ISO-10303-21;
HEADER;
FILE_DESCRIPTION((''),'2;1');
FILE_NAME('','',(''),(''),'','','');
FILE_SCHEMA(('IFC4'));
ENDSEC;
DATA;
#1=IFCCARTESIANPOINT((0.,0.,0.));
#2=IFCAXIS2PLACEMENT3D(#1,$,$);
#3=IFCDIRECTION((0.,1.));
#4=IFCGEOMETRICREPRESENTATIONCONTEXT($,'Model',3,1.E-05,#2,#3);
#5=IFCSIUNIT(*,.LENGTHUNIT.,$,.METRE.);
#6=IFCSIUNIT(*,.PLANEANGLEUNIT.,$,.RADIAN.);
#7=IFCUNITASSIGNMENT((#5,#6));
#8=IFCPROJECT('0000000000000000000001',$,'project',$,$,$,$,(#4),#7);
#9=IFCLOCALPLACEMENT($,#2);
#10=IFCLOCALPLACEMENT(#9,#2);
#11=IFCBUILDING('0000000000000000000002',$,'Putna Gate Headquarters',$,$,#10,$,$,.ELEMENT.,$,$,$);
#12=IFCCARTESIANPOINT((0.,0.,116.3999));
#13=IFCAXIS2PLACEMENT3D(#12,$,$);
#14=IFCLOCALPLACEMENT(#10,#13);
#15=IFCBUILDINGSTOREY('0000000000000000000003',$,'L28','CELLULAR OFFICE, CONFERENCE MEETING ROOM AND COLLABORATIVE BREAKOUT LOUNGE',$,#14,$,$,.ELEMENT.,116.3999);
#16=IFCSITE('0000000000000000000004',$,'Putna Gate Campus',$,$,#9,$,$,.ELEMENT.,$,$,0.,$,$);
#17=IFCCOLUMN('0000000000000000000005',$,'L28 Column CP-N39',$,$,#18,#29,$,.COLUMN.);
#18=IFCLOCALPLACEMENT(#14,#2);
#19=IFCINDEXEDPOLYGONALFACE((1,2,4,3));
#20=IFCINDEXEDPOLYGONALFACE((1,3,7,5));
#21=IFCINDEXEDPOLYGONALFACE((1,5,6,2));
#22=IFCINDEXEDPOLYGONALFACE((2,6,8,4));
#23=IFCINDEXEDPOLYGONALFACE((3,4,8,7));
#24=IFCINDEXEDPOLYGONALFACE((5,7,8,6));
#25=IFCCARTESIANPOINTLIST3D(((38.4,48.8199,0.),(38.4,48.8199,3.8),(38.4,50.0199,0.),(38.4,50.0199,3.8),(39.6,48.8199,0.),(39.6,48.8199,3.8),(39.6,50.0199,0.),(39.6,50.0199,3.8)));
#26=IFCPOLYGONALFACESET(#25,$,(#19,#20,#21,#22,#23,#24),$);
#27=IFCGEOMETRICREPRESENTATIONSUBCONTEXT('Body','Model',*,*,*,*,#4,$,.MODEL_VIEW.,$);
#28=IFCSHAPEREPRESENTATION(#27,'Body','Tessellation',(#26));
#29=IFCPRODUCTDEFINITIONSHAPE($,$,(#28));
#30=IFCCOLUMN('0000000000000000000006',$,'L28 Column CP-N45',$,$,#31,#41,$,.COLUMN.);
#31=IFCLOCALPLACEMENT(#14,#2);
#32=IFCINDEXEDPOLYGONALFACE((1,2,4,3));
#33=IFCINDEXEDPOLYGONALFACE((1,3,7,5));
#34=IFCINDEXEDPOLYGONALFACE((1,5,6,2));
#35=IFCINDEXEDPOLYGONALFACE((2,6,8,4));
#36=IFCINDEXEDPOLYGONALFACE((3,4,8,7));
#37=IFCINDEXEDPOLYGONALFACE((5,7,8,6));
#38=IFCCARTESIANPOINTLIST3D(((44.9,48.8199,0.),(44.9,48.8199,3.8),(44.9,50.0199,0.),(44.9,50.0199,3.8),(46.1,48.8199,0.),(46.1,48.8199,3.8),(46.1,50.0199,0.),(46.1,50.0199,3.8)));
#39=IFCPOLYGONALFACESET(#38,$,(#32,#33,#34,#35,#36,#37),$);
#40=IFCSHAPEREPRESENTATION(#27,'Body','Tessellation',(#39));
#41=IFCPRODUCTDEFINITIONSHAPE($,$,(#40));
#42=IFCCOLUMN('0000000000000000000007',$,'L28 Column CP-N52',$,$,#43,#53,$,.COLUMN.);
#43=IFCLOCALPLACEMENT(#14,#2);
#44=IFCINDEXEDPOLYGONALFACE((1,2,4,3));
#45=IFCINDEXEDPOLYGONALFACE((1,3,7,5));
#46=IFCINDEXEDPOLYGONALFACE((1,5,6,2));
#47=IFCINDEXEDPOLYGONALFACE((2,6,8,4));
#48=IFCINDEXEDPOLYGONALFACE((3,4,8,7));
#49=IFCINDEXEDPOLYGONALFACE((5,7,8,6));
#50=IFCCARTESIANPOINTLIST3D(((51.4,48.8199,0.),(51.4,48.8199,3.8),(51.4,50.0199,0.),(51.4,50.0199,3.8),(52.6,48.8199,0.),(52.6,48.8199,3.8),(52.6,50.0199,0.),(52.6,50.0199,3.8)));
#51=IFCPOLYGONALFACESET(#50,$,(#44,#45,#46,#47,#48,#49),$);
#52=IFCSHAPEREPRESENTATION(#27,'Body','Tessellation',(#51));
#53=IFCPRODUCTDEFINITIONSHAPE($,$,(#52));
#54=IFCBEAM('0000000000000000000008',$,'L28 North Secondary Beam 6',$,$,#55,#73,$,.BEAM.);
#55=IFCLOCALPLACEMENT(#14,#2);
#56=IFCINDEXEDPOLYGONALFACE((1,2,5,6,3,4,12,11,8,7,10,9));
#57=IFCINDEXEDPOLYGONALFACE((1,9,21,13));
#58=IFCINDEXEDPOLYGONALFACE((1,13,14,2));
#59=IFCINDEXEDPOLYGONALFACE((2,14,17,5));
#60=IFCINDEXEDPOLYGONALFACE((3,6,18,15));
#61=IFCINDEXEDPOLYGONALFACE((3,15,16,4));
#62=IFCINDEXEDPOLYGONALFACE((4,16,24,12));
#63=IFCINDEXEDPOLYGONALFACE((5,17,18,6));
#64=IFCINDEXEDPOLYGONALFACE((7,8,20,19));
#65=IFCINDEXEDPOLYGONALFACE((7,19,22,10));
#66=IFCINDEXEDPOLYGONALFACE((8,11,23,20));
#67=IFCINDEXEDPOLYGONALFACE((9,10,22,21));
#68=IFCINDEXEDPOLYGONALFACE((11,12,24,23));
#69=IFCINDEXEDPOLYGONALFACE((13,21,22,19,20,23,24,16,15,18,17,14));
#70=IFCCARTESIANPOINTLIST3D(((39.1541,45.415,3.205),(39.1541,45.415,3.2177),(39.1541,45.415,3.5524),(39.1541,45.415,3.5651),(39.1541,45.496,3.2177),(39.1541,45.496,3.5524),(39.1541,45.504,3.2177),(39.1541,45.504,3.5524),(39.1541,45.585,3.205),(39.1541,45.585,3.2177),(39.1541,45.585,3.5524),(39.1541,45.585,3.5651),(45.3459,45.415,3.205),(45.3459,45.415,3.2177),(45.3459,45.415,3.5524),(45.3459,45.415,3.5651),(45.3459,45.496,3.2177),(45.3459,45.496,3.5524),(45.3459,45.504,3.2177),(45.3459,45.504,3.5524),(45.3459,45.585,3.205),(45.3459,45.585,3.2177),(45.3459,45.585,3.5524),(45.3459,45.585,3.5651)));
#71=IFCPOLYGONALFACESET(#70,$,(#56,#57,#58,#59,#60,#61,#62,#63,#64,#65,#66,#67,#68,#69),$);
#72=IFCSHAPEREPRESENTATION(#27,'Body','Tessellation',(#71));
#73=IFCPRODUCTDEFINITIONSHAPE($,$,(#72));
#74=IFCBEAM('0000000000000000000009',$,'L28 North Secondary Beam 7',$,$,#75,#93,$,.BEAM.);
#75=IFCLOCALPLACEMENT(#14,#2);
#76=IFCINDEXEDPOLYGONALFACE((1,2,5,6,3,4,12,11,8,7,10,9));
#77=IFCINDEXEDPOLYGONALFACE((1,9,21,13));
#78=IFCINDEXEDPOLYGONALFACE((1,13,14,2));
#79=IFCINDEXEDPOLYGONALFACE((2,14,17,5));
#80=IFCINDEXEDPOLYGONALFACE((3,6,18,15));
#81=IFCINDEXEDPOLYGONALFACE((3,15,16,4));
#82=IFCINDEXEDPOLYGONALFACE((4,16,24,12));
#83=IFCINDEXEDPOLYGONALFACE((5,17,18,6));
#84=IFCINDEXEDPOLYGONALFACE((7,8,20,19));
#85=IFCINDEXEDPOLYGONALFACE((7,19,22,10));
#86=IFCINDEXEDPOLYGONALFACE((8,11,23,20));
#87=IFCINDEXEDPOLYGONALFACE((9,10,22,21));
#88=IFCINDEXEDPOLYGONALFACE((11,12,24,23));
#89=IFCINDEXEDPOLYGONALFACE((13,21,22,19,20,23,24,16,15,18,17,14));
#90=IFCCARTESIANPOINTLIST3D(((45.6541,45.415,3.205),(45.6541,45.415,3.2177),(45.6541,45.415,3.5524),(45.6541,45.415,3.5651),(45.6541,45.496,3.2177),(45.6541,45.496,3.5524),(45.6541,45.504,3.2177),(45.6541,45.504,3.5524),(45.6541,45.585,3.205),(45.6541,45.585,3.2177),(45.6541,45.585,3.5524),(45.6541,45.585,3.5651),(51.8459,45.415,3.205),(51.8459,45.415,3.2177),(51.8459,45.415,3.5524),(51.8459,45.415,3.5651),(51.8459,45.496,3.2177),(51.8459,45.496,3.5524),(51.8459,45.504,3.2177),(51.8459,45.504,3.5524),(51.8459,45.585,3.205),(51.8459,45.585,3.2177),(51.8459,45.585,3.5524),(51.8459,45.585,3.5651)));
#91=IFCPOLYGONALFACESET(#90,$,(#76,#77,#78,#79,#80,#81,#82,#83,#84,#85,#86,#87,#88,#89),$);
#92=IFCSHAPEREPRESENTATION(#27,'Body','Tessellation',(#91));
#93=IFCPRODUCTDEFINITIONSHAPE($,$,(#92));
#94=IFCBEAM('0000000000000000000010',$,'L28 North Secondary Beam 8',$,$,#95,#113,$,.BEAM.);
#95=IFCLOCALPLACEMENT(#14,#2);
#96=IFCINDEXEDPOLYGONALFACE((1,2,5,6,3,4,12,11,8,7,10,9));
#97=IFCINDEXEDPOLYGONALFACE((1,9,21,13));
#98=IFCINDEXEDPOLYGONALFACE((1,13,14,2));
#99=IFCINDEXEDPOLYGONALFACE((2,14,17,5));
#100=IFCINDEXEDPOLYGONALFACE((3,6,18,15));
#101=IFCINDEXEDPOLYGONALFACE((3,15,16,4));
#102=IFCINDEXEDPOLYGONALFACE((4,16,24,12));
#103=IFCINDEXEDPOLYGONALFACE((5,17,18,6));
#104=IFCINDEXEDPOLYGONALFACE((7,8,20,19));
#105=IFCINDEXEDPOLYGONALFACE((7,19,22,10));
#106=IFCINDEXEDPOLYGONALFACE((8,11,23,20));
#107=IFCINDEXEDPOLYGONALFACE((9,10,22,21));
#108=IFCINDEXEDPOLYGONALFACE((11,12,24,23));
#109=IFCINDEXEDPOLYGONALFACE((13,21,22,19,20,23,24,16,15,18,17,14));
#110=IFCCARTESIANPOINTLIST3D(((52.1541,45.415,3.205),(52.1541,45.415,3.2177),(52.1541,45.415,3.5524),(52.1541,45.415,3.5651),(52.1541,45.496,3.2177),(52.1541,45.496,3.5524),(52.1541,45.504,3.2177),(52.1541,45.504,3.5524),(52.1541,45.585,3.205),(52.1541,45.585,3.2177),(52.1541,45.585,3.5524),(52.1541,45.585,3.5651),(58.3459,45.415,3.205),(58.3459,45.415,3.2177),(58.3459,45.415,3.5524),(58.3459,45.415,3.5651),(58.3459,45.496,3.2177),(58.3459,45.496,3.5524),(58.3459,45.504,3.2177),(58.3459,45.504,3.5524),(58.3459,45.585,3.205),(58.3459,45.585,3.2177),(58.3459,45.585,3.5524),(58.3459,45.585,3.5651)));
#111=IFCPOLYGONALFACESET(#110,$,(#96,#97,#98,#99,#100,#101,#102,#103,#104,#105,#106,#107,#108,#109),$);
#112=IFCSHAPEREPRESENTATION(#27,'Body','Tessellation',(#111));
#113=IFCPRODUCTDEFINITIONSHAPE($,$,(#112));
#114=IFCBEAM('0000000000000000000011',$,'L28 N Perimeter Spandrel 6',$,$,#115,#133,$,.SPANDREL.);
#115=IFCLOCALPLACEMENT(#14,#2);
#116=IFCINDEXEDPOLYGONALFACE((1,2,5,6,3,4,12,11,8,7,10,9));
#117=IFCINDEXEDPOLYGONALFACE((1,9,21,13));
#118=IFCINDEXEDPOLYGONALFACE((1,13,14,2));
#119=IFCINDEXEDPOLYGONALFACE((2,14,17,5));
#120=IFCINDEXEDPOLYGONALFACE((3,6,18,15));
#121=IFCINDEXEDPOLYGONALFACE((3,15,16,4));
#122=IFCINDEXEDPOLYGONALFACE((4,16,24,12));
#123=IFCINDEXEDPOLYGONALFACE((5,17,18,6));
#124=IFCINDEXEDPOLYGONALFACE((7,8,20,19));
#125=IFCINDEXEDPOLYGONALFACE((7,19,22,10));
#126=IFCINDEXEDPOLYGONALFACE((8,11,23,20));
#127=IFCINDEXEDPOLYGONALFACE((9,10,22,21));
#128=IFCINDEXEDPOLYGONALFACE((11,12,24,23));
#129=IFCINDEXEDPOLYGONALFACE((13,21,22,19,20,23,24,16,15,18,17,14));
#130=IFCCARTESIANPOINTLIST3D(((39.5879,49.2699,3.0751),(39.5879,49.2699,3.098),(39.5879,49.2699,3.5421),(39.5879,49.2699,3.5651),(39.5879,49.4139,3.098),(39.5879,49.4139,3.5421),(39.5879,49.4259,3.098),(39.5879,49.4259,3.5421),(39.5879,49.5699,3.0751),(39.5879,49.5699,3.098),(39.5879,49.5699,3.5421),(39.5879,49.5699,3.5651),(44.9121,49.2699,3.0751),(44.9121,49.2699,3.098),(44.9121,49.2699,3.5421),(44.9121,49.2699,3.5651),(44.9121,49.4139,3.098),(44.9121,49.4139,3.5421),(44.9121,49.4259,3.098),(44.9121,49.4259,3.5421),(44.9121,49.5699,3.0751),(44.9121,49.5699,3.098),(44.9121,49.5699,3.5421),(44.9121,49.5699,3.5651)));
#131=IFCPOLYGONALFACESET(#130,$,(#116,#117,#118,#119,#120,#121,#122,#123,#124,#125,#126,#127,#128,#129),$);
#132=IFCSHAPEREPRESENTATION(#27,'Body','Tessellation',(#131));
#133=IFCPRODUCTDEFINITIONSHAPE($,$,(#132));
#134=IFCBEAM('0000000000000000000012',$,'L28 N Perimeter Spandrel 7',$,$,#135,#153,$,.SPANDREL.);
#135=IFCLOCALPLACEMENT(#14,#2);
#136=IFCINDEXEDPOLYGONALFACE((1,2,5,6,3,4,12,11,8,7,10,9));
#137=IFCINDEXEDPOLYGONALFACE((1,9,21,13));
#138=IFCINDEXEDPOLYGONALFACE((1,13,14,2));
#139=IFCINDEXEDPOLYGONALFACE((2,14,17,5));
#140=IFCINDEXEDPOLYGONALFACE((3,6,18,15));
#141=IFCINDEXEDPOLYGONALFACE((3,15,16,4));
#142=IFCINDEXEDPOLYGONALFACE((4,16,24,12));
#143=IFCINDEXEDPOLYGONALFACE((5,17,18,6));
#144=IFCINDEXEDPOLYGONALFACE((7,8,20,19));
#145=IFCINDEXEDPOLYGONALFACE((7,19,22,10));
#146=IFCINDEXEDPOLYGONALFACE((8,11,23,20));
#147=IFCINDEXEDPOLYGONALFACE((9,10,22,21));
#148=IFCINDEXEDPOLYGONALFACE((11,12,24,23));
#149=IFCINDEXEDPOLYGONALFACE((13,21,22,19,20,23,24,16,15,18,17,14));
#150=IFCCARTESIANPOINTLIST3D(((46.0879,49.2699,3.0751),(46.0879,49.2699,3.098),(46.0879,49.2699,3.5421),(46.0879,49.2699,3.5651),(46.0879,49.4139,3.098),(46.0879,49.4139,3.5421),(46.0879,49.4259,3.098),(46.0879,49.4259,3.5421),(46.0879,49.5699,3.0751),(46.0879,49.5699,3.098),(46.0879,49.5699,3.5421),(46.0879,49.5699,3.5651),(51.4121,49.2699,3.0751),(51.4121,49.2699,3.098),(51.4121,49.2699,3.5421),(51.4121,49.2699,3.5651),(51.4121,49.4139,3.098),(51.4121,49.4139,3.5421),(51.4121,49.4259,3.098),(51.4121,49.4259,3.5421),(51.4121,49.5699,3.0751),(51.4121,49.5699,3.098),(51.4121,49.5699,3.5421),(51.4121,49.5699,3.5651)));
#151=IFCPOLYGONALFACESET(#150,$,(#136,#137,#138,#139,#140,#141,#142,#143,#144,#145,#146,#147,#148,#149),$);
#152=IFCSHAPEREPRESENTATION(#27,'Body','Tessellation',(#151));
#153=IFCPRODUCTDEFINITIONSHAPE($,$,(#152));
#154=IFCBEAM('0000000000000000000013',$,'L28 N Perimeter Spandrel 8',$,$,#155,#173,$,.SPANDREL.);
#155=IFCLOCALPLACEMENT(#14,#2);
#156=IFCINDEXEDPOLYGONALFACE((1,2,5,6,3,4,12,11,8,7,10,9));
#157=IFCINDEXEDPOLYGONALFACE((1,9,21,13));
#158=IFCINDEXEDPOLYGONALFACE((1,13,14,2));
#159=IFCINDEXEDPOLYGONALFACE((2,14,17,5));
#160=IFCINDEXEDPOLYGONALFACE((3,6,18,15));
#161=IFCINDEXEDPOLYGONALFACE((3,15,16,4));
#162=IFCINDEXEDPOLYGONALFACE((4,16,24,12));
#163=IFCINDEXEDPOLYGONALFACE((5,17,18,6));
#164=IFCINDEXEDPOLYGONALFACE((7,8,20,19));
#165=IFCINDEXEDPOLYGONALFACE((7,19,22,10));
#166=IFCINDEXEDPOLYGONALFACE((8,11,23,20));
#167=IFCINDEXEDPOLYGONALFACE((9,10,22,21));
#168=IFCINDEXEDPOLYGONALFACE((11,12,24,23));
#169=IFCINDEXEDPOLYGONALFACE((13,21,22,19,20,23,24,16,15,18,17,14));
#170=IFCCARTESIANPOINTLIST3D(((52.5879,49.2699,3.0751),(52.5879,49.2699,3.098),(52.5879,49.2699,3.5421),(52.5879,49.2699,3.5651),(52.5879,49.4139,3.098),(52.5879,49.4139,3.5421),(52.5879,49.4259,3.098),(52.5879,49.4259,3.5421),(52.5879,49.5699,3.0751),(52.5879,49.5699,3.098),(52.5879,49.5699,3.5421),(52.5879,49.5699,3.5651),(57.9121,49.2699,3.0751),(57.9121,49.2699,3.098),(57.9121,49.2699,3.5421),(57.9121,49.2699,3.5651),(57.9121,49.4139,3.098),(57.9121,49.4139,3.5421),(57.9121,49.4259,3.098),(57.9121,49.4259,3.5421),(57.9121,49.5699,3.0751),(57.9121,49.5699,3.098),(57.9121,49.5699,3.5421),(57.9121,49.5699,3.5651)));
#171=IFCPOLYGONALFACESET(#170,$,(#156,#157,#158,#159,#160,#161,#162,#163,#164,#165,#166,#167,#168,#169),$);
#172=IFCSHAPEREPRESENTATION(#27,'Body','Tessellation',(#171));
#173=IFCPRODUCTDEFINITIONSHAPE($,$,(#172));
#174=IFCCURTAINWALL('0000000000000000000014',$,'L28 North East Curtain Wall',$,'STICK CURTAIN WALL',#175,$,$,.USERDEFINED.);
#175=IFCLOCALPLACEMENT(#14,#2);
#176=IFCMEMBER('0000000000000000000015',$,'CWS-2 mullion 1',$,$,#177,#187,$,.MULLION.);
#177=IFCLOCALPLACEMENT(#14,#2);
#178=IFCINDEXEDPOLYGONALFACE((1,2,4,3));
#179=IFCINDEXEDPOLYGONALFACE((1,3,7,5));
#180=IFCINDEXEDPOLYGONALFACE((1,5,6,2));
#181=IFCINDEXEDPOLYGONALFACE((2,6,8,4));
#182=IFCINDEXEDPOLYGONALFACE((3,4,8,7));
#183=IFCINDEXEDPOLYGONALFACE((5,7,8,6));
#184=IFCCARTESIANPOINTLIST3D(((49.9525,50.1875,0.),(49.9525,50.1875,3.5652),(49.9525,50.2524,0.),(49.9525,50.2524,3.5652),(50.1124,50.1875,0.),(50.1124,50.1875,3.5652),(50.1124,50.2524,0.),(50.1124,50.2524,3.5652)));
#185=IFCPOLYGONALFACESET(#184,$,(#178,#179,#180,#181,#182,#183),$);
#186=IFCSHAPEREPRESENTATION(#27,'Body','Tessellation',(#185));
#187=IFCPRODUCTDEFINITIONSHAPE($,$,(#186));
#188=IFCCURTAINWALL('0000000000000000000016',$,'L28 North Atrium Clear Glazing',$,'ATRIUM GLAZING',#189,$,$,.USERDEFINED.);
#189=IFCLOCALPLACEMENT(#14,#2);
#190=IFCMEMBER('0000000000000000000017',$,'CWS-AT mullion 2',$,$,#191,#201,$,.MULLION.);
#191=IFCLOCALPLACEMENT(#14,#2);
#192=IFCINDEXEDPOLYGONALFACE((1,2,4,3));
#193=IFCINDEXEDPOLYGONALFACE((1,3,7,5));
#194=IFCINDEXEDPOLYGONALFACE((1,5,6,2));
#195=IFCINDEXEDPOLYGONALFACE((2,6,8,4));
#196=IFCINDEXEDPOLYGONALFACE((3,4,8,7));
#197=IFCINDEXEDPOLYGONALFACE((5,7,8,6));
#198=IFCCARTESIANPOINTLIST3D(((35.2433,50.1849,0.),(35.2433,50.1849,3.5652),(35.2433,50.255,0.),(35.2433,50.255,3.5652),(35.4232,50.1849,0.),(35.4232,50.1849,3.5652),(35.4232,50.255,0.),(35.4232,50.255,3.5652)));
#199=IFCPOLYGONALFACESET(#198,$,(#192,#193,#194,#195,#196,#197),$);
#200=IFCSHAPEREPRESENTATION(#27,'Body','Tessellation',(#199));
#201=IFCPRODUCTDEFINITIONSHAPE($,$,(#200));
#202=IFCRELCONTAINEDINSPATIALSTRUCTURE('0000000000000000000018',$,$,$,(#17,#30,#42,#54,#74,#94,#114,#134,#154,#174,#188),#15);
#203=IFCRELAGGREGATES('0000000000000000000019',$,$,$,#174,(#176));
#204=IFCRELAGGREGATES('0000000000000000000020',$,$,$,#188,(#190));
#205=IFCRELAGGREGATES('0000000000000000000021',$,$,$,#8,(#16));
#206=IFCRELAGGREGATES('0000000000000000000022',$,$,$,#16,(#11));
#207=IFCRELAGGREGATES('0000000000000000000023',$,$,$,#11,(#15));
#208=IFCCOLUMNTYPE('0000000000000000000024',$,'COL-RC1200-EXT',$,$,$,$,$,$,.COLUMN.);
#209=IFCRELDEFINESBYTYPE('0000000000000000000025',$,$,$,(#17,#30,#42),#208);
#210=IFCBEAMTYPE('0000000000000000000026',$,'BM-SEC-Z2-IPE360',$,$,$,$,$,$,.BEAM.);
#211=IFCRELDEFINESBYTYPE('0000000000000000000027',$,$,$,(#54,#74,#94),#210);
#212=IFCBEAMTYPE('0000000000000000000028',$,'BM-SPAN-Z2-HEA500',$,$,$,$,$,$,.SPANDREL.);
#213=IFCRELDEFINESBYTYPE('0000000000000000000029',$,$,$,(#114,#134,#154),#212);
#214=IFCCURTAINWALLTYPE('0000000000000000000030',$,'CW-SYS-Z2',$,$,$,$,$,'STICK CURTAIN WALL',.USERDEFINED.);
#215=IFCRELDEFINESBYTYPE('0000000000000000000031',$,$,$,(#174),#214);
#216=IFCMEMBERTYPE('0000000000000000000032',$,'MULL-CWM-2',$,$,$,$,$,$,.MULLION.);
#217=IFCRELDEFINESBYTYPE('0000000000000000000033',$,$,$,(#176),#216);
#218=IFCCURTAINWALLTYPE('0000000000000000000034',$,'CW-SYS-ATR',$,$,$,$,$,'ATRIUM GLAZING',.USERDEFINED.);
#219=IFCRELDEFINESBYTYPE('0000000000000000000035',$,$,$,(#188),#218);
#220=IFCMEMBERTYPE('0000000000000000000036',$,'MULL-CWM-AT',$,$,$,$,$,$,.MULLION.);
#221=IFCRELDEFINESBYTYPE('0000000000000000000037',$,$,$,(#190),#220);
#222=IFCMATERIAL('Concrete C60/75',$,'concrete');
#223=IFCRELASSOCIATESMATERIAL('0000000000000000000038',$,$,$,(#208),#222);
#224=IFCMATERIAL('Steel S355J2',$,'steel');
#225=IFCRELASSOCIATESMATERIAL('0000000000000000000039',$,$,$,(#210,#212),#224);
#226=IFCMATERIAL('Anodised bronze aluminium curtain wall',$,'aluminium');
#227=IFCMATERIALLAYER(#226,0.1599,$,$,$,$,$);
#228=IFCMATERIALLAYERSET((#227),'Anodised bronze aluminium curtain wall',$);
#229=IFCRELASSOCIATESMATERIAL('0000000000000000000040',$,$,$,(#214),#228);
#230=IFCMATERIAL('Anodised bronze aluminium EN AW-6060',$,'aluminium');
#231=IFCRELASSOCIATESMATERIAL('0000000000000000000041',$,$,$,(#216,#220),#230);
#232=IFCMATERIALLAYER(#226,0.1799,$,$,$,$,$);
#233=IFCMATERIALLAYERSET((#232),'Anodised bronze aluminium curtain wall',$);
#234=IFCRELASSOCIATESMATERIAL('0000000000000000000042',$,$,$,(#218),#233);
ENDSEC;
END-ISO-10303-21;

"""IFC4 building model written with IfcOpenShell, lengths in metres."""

from ifc_helpers import new_model, si_unit, direction, frame, origin, origin_2d, place, context, subcontext, project, spatial, rectangle, i_section, extrude, material, layer, layer_set, material_profile, profile_set, type_object, element, aggregate, save


model = new_model("IFC4")

# Units and contexts
model_context = context("Model", 3, precision=1e-05, world=origin(), true_north=direction((0.0, 1.0)))
body_context = subcontext(model_context, "Body", "Model", "MODEL_VIEW")
ifc_project = project(units=[si_unit("LENGTHUNIT", "METRE"), si_unit("PLANEANGLEUNIT", "RADIAN")], contexts=[model_context])

# Site, building, storey
site_placement = place(None, origin())
site = spatial("IfcSite", under=ifc_project, at=site_placement, Name="Putna Gate Campus", CompositionType="ELEMENT", RefElevation=0.0)
building_placement = place(site_placement, origin())
building = spatial("IfcBuilding", under=site, at=building_placement, Name="Putna Gate Headquarters", CompositionType="ELEMENT")
storey_placement = place(building_placement, frame((0.0, 0.0, 116.3999)))
storey = spatial("IfcBuildingStorey", under=building, at=storey_placement, Name="L28", Description="CELLULAR OFFICE, CONFERENCE MEETING ROOM AND COLLABORATIVE BREAKOUT LOUNGE", CompositionType="ELEMENT", Elevation=116.3999)

# Columns
ifc_material_1 = material(Name="Concrete C60/75", Category="concrete")
ifc_material_profile_1 = material_profile(ifc_material_1, rectangle(XDim=1.2, YDim=1.2, at=origin_2d()), Name="Concrete C60/75")
ifc_profile_set_1 = profile_set([ifc_material_profile_1], Name="Concrete C60/75")
column_type = type_object("IfcColumnType", Name="COL-RC1200-EXT", PredefinedType="COLUMN", material=ifc_profile_set_1)
for number, where, z_axis, x_axis, name in (
    (1, (39.0, 49.4199, 0.0), (0.0, 0.0, 1.0), (1.0, 0.0, 0.0), "L28 Column CP-N39"),
    (2, (45.5, 49.4199, 0.0), (0.0, 0.0, 1.0), (1.0, 0.0, 0.0), "L28 Column CP-N45"),
    (3, (52.0, 49.4199, 0.0), (0.0, 0.0, 1.0), (1.0, 0.0, 0.0), "L28 Column CP-N52"),
):
    element("IfcColumn", number, at=place(storey_placement, frame(where, z_axis=z_axis, x_axis=x_axis)), inside=storey, type_object=column_type, Name=name, PredefinedType="COLUMN", context=body_context, shape_type="SweptSolid", body=[
        extrude(rectangle(XDim=1.2, YDim=1.2, at=origin_2d()), origin(), (0.0, 0.0, 1.0), 3.8),
    ])

# Beams
ifc_material_2 = material(Name="Steel S355J2", Category="steel")
ifc_material_profile_2 = material_profile(ifc_material_2, i_section(OverallWidth=0.1699, OverallDepth=0.3601, WebThickness=0.0081, FlangeThickness=0.0127, at=origin_2d()), Name="Steel S355J2")
ifc_profile_set_2 = profile_set([ifc_material_profile_2], Name="Steel S355J2")
beam_type_1 = type_object("IfcBeamType", Name="BM-SEC-Z2-IPE360", PredefinedType="BEAM", material=ifc_profile_set_2)
for number, where, z_axis, x_axis, name in (
    (4, (39.1541, 45.5, 3.385), (1.0, 0.0, 0.0), (0.0, 1.0, 0.0), "L28 North Secondary Beam 6"),
    (5, (45.6541, 45.5, 3.385), (1.0, 0.0, 0.0), (0.0, 1.0, 0.0), "L28 North Secondary Beam 7"),
    (6, (52.1541, 45.5, 3.385), (1.0, 0.0, 0.0), (0.0, 1.0, 0.0), "L28 North Secondary Beam 8"),
):
    element("IfcBeam", number, at=place(storey_placement, frame(where, z_axis=z_axis, x_axis=x_axis)), inside=storey, type_object=beam_type_1, Name=name, PredefinedType="BEAM", context=body_context, shape_type="SweptSolid", body=[
        extrude(i_section(OverallWidth=0.1699, OverallDepth=0.3601, WebThickness=0.0081, FlangeThickness=0.0127, at=origin_2d()), origin(), (0.0, 0.0, 1.0), 6.1919),
    ])
ifc_material_profile_3 = material_profile(ifc_material_2, i_section(OverallWidth=0.3, OverallDepth=0.49, WebThickness=0.012, FlangeThickness=0.0229, at=origin_2d()), Name="Steel S355J2")
ifc_profile_set_3 = profile_set([ifc_material_profile_3], Name="Steel S355J2")
beam_type_2 = type_object("IfcBeamType", Name="BM-SPAN-Z2-HEA500", PredefinedType="SPANDREL", material=ifc_profile_set_3)
for number, where, z_axis, x_axis, name in (
    (7, (39.5879, 49.4199, 3.3201), (1.0, 0.0, 0.0), (0.0, 1.0, 0.0), "L28 N Perimeter Spandrel 6"),
    (8, (46.0879, 49.4199, 3.3201), (1.0, 0.0, 0.0), (0.0, 1.0, 0.0), "L28 N Perimeter Spandrel 7"),
    (9, (52.5879, 49.4199, 3.3201), (1.0, 0.0, 0.0), (0.0, 1.0, 0.0), "L28 N Perimeter Spandrel 8"),
):
    element("IfcBeam", number, at=place(storey_placement, frame(where, z_axis=z_axis, x_axis=x_axis)), inside=storey, type_object=beam_type_2, Name=name, PredefinedType="SPANDREL", context=body_context, shape_type="SweptSolid", body=[
        extrude(i_section(OverallWidth=0.3, OverallDepth=0.49, WebThickness=0.012, FlangeThickness=0.0229, at=origin_2d()), origin(), (0.0, 0.0, 1.0), 5.3242),
    ])

# Curtain wall, member
ifc_material_3 = material(Name="Anodised bronze aluminium curtain wall", Category="aluminium")
ifc_layer_1 = layer(ifc_material_3, 0.1599)
ifc_layer_set_1 = layer_set([ifc_layer_1], Name="Anodised bronze aluminium curtain wall")
curtain_wall_type_1 = type_object("IfcCurtainWallType", Name="CW-SYS-Z2", ElementType="STICK CURTAIN WALL", PredefinedType="USERDEFINED", material=ifc_layer_set_1)
curtain_wall_1_placement = place(storey_placement, origin())
curtain_wall_1 = element("IfcCurtainWall", 10, at=curtain_wall_1_placement, inside=storey, type_object=curtain_wall_type_1, Name="L28 North East Curtain Wall", ObjectType="STICK CURTAIN WALL", PredefinedType="USERDEFINED")
ifc_material_4 = material(Name="Anodised bronze aluminium EN AW-6060", Category="aluminium")
ifc_material_profile_4 = material_profile(ifc_material_4, rectangle(XDim=0.0649, YDim=0.1599, at=origin_2d()), Name="Anodised bronze aluminium EN AW-6060")
ifc_profile_set_4 = profile_set([ifc_material_profile_4], Name="Anodised bronze aluminium EN AW-6060")
member_type_1 = type_object("IfcMemberType", Name="MULL-CWM-2", PredefinedType="MULLION", material=ifc_profile_set_4)
member_1_placement = place(storey_placement, frame((50.0325, 50.22, 0.0), z_axis=(0.0, 0.0, 1.0), x_axis=(0.0, 1.0, 0.0)))
member_1 = element("IfcMember", 11, at=member_1_placement, type_object=member_type_1, Name="CWS-2 mullion 1", PredefinedType="MULLION", context=body_context, shape_type="SweptSolid", body=[
    extrude(rectangle(XDim=0.0649, YDim=0.1599, at=origin_2d()), origin(), (0.0, 0.0, 1.0), 3.5652),
])

# Curtain wall, member
ifc_layer_2 = layer(ifc_material_3, 0.1799)
ifc_layer_set_2 = layer_set([ifc_layer_2], Name="Anodised bronze aluminium curtain wall")
curtain_wall_type_2 = type_object("IfcCurtainWallType", Name="CW-SYS-ATR", ElementType="ATRIUM GLAZING", PredefinedType="USERDEFINED", material=ifc_layer_set_2)
curtain_wall_2_placement = place(storey_placement, origin())
curtain_wall_2 = element("IfcCurtainWall", 12, at=curtain_wall_2_placement, inside=storey, type_object=curtain_wall_type_2, Name="L28 North Atrium Clear Glazing", ObjectType="ATRIUM GLAZING", PredefinedType="USERDEFINED")
ifc_material_profile_5 = material_profile(ifc_material_4, rectangle(XDim=0.0701, YDim=0.1799, at=origin_2d()), Name="Anodised bronze aluminium EN AW-6060")
ifc_profile_set_5 = profile_set([ifc_material_profile_5], Name="Anodised bronze aluminium EN AW-6060")
member_type_2 = type_object("IfcMemberType", Name="MULL-CWM-AT", PredefinedType="MULLION", material=ifc_profile_set_5)
member_2_placement = place(storey_placement, frame((35.3333, 50.22, 0.0), z_axis=(0.0, 0.0, 1.0), x_axis=(0.0, 1.0, 0.0)))
member_2 = element("IfcMember", 13, at=member_2_placement, type_object=member_type_2, Name="CWS-AT mullion 2", PredefinedType="MULLION", context=body_context, shape_type="SweptSolid", body=[
    extrude(rectangle(XDim=0.0701, YDim=0.1799, at=origin_2d()), origin(), (0.0, 0.0, 1.0), 3.5652),
])

aggregate(curtain_wall_1, [member_1])
aggregate(curtain_wall_2, [member_2])

save(model, "model.ifc")
